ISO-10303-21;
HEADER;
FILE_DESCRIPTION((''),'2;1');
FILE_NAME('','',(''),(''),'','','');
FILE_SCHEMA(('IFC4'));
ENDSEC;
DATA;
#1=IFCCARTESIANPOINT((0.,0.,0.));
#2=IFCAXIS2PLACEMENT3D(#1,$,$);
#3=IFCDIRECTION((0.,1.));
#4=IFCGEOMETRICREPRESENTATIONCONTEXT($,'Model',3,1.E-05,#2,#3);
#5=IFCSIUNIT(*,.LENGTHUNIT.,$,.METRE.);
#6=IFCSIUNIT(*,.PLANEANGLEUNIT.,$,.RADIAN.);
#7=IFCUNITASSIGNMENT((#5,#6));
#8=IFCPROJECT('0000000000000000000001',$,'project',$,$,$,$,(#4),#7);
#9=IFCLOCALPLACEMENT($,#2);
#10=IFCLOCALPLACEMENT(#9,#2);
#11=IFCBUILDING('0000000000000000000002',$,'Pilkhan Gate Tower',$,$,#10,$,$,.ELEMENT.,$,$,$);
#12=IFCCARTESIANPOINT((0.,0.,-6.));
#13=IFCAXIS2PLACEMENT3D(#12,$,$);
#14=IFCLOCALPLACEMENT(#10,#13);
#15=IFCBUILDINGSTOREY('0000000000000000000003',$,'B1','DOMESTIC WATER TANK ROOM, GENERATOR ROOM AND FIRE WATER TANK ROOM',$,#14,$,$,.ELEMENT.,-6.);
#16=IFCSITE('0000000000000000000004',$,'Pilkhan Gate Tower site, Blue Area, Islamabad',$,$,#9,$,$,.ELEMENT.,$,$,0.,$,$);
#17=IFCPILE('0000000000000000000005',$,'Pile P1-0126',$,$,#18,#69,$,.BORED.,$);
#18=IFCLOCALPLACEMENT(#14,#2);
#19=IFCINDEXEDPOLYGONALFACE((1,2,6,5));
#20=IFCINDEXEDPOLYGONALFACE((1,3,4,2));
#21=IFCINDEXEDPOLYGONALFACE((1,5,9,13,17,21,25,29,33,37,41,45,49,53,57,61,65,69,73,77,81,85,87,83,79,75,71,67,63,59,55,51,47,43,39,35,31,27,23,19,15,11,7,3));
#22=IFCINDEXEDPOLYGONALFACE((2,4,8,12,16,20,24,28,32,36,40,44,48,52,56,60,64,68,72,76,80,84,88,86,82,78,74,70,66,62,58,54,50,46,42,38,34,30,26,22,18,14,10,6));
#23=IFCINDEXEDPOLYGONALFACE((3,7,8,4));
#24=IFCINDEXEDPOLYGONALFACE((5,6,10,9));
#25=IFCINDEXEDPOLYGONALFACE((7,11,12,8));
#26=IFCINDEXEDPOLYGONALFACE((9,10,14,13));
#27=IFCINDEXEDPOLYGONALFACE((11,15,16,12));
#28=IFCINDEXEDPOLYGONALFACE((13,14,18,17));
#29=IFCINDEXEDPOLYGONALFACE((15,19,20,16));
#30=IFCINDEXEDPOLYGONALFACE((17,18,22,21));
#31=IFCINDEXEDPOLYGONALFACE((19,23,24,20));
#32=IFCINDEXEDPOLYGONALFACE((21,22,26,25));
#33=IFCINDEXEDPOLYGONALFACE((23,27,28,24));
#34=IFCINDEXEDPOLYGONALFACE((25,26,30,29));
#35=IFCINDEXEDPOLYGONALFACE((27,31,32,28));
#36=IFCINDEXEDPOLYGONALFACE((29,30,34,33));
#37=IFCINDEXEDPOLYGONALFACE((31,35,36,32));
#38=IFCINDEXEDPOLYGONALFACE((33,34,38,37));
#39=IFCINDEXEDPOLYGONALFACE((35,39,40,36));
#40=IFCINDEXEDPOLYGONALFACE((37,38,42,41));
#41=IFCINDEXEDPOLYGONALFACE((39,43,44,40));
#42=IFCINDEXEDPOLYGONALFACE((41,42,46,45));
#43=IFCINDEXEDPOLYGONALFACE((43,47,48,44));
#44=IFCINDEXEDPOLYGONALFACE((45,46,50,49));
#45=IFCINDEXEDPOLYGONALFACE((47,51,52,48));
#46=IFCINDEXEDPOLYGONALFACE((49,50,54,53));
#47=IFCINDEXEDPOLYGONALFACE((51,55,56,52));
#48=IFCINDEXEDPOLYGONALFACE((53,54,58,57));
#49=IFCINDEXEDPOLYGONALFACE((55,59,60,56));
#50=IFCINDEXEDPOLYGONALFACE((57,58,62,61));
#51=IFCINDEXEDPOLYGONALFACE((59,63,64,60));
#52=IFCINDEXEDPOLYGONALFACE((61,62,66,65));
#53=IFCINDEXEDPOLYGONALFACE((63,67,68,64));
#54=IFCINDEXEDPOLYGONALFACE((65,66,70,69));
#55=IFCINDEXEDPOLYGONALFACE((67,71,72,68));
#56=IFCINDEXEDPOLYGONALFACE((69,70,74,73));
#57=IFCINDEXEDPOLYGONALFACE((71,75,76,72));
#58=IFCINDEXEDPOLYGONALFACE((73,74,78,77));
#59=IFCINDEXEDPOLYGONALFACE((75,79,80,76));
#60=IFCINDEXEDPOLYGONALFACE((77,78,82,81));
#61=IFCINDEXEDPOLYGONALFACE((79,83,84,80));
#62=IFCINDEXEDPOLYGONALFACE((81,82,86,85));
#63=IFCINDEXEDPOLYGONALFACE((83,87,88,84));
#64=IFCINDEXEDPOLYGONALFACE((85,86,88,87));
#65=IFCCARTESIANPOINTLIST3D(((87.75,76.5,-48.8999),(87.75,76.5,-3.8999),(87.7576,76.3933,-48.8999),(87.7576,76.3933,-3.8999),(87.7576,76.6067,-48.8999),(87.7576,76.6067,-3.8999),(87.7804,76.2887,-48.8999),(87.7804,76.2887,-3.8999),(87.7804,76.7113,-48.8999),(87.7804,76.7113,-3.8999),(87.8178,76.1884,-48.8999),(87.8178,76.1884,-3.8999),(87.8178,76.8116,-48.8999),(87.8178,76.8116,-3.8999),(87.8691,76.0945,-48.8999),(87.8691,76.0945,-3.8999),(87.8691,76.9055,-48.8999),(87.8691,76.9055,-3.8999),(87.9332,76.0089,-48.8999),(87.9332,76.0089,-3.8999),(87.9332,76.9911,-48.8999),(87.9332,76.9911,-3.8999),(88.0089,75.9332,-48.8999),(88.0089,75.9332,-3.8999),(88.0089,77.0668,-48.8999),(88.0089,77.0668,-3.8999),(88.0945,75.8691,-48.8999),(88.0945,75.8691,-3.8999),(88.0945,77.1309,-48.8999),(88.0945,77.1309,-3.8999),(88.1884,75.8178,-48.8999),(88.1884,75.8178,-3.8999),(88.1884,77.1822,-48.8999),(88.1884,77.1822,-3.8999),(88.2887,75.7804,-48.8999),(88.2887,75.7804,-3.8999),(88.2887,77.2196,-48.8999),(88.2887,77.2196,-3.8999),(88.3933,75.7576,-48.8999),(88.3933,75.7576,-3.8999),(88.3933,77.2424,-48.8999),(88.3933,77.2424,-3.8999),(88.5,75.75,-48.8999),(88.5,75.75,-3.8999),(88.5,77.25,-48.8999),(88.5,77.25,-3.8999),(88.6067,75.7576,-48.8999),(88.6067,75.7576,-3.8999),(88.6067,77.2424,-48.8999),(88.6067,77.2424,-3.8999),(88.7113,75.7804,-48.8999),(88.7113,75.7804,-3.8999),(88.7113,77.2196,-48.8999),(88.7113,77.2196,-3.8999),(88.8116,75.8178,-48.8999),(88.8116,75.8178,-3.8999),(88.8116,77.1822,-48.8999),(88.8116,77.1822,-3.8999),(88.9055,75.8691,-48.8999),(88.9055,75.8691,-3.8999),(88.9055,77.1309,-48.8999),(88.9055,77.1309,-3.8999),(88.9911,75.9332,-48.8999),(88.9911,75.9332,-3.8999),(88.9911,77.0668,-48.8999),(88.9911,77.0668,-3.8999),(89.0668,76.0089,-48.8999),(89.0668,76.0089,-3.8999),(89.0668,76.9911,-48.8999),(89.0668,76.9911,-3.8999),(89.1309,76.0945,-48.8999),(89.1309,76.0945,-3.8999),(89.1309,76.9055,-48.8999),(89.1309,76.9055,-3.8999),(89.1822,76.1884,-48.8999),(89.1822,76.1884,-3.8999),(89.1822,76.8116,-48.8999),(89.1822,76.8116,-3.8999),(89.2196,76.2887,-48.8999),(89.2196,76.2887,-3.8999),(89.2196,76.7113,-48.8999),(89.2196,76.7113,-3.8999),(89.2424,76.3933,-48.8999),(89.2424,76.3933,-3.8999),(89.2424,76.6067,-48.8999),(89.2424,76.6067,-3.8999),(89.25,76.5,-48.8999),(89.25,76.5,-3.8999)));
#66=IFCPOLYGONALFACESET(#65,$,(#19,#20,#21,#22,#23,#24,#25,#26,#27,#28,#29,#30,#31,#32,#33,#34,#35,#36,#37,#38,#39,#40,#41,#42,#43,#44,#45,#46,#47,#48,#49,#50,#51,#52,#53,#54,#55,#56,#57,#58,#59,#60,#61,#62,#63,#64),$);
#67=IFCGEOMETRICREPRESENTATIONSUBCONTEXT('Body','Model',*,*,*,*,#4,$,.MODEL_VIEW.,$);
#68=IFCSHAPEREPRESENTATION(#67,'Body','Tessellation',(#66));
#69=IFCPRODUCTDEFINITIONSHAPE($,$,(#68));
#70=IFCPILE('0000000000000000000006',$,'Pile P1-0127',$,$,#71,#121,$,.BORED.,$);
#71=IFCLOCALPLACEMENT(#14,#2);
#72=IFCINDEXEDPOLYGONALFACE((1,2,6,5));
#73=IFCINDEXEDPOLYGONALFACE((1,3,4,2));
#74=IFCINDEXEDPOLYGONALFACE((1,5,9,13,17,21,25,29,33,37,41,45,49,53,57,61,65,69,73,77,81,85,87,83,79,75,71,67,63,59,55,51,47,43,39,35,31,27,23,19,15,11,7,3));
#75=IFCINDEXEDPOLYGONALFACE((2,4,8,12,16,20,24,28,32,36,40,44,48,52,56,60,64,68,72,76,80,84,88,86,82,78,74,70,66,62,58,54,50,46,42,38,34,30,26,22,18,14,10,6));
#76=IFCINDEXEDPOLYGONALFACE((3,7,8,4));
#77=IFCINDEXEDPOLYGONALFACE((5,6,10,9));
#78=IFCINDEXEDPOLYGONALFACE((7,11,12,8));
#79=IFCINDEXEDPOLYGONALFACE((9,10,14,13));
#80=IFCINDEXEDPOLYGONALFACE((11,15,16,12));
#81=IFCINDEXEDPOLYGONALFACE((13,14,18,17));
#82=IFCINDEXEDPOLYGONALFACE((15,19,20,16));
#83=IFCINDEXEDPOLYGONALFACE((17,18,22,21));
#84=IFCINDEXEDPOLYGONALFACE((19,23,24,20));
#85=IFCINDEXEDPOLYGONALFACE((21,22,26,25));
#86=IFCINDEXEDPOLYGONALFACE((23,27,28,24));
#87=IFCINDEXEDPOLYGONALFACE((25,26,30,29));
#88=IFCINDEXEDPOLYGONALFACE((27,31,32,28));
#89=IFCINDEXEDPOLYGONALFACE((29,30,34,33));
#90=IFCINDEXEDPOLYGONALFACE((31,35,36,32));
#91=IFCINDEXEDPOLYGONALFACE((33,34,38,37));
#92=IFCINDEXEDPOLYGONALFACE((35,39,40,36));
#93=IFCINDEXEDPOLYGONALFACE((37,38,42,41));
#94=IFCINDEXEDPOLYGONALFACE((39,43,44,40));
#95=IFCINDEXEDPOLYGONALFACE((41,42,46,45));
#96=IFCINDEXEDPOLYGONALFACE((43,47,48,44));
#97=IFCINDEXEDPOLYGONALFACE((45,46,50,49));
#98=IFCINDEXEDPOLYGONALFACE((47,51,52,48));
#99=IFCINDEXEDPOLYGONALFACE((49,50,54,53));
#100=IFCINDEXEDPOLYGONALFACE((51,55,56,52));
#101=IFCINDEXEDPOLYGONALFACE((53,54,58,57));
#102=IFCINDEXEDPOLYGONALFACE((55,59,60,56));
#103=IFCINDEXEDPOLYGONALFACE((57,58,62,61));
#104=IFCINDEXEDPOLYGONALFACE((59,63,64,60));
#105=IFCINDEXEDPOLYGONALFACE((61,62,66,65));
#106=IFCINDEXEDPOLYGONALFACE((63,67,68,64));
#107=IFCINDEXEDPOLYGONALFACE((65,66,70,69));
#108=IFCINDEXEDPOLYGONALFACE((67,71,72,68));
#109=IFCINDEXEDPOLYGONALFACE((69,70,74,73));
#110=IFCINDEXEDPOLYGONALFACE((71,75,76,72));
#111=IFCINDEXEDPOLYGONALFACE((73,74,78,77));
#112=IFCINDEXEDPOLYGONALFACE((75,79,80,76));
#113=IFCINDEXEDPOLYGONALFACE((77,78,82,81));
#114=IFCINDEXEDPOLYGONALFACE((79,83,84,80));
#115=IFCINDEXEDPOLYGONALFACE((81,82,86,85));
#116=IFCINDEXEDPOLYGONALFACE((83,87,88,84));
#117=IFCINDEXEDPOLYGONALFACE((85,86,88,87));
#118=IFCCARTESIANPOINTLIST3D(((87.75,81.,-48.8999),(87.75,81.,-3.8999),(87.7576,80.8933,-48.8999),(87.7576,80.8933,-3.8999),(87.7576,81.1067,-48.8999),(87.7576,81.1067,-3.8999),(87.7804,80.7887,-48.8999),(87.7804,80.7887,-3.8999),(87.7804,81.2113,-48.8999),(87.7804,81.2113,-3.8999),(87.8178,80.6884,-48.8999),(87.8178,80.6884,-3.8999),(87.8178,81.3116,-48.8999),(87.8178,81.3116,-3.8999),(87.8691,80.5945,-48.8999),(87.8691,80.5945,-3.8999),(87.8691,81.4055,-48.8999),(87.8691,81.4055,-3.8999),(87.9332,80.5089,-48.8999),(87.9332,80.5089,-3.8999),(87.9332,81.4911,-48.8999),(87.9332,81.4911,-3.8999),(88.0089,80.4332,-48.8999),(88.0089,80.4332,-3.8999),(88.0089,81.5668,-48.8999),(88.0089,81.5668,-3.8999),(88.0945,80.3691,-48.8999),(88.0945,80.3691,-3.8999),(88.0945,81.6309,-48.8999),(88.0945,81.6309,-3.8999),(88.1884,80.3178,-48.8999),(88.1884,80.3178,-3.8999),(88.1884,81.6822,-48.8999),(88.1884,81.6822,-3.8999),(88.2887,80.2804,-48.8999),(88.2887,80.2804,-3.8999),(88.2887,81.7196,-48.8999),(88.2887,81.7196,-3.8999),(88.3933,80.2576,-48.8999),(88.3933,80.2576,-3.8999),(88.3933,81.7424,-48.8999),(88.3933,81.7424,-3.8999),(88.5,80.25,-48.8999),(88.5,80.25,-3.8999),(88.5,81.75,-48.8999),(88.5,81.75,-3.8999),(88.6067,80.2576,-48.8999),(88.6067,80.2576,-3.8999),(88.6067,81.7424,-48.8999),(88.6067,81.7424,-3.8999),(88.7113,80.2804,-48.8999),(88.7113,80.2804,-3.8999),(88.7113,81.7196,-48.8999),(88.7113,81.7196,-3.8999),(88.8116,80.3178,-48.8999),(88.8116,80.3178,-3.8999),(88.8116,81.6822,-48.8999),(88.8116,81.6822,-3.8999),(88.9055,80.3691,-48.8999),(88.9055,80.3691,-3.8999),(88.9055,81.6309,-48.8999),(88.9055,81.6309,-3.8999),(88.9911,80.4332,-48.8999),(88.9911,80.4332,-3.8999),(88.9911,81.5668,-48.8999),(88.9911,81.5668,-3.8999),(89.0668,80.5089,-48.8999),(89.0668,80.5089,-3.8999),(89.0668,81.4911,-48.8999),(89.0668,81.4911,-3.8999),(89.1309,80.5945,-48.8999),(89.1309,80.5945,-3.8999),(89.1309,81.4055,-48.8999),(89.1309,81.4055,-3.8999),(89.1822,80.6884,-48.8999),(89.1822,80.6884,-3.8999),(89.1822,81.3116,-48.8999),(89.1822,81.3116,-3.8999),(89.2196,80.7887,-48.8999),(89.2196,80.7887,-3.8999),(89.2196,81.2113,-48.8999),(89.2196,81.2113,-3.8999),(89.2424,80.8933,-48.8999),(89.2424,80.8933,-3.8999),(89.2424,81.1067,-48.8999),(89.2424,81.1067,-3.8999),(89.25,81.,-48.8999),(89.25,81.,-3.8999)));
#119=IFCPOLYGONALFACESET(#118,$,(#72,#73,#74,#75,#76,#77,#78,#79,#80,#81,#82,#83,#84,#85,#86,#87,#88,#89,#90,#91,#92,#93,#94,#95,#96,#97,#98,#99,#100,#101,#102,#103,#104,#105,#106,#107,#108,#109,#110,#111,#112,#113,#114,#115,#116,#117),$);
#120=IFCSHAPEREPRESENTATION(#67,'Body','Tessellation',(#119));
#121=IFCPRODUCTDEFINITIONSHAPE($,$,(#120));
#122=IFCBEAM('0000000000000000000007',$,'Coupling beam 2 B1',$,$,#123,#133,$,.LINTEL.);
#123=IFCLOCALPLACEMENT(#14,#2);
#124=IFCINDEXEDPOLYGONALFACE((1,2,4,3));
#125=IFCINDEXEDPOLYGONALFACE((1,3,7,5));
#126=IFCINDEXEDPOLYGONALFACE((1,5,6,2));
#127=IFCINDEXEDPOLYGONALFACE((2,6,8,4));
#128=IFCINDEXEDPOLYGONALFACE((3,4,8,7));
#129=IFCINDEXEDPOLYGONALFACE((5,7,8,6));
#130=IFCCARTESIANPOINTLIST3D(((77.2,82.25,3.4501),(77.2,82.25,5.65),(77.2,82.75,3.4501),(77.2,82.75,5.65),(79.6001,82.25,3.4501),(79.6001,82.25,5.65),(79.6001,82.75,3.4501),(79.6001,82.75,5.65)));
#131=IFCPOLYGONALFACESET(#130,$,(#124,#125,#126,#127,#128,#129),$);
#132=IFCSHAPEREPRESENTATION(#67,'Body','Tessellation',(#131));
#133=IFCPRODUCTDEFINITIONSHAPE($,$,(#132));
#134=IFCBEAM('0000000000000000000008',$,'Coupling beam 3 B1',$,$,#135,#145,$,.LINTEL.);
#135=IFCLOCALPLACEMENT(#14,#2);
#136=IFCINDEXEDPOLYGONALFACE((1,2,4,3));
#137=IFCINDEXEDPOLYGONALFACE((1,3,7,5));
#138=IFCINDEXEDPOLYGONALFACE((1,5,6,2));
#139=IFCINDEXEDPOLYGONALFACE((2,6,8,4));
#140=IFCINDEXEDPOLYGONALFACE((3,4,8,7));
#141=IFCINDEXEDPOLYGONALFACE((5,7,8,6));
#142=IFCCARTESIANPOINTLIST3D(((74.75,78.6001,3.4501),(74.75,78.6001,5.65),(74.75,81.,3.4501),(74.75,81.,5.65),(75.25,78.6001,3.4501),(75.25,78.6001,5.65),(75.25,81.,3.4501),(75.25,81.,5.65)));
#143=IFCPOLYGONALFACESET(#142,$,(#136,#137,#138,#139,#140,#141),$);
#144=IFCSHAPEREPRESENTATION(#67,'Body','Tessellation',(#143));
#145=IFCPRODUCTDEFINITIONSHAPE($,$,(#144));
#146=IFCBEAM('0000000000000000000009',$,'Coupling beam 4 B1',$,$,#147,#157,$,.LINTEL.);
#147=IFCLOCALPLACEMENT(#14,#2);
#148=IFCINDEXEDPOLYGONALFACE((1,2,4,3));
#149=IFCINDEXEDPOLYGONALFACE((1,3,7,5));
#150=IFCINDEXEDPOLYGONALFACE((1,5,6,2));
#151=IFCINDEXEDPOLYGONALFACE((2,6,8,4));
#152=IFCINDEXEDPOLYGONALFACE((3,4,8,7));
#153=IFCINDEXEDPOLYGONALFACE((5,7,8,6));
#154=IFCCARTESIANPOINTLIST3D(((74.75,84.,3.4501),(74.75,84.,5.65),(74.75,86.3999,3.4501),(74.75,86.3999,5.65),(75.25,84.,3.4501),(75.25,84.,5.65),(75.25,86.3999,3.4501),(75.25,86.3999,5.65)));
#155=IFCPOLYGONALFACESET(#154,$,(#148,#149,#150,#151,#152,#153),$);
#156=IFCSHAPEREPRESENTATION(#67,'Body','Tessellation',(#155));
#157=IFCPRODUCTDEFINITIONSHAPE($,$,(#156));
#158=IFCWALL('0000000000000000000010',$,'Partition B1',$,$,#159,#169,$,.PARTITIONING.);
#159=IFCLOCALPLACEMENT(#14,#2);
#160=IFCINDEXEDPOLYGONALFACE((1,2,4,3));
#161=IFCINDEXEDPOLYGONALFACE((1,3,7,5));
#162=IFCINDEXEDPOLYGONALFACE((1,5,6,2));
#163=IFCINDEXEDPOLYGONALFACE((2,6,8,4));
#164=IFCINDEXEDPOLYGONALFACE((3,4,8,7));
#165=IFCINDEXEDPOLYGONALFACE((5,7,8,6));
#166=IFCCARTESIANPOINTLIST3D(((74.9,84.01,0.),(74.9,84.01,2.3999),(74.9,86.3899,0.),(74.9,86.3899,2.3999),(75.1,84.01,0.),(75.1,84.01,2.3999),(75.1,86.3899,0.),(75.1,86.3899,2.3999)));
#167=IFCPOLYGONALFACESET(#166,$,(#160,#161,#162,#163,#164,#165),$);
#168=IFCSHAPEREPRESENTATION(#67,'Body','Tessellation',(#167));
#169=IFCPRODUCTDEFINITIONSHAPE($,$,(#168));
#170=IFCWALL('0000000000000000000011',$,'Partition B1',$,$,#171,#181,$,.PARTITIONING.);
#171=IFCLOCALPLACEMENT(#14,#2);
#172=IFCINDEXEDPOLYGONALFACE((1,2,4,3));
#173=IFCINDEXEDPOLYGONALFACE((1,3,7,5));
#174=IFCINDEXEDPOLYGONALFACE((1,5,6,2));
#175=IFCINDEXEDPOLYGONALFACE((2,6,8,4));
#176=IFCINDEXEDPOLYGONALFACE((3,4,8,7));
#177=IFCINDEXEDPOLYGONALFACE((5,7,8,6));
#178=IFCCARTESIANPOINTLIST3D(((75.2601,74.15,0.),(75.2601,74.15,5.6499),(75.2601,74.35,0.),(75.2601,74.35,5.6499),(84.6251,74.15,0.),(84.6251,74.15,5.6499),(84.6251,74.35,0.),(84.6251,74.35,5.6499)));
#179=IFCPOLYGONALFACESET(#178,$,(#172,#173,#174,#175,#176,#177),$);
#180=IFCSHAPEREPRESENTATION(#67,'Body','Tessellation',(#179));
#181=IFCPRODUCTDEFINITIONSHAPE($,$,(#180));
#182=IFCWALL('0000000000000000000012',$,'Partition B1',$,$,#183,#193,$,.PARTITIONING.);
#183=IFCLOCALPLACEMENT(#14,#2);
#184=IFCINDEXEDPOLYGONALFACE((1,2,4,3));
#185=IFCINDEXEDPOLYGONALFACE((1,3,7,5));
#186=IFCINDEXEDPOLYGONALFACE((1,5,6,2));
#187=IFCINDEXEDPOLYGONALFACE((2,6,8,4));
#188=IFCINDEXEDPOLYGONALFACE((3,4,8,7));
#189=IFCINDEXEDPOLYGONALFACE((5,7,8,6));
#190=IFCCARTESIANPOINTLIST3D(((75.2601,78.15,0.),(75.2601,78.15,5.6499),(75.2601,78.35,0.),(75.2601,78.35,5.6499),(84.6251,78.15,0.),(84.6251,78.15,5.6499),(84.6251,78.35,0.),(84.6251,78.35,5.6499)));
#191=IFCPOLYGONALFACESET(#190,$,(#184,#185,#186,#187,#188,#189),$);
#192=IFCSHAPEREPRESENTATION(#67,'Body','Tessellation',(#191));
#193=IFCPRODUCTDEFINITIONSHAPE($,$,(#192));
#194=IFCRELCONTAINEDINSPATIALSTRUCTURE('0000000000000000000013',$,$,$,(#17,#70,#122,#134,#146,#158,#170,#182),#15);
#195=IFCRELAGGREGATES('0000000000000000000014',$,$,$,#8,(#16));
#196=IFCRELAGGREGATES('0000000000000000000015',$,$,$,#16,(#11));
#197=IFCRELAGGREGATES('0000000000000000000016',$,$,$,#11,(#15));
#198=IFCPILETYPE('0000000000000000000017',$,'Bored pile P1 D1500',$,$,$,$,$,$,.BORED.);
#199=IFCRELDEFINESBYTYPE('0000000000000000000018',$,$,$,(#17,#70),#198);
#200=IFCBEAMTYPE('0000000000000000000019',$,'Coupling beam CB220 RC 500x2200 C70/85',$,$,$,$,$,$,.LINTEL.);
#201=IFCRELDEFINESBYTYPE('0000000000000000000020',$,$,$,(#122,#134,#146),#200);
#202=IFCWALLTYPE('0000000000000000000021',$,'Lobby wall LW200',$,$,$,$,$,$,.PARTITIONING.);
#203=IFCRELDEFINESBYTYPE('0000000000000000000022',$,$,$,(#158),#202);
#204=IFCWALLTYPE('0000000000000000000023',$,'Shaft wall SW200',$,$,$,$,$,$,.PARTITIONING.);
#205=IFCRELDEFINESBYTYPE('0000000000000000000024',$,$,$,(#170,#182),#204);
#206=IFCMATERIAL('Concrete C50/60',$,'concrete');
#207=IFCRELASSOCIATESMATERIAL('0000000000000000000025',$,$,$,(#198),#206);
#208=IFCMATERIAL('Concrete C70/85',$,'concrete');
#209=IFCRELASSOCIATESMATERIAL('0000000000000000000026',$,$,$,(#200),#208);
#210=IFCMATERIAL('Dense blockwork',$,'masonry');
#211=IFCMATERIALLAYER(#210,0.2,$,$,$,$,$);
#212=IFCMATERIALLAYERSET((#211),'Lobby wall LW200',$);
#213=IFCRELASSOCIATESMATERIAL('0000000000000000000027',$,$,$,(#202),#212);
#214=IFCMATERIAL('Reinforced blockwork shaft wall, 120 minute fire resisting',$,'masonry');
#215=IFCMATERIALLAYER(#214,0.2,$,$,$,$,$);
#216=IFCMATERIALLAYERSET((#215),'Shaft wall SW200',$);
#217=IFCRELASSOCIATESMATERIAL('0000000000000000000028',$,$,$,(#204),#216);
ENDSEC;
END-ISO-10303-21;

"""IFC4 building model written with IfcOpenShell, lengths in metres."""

from ifc_helpers import new_model, si_unit, direction, frame, frame_2d, origin, origin_2d, place, context, subcontext, project, spatial, rectangle, circle, extrude, material, layer, layer_set, material_profile, profile_set, type_object, element, save


model = new_model("IFC4")

# Units and contexts
model_context = context("Model", 3, precision=1e-05, world=origin(), true_north=direction((0.0, 1.0)))
body_context = subcontext(model_context, "Body", "Model", "MODEL_VIEW")
ifc_project = project(units=[si_unit("LENGTHUNIT", "METRE"), si_unit("PLANEANGLEUNIT", "RADIAN")], contexts=[model_context])

# Site, building, storey
site_placement = place(None, origin())
site = spatial("IfcSite", under=ifc_project, at=site_placement, Name="Pilkhan Gate Tower site, Blue Area, Islamabad", CompositionType="ELEMENT", RefElevation=0.0)
building_placement = place(site_placement, origin())
building = spatial("IfcBuilding", under=site, at=building_placement, Name="Pilkhan Gate Tower", CompositionType="ELEMENT")
storey_placement = place(building_placement, frame((0.0, 0.0, -6.0)))
storey = spatial("IfcBuildingStorey", under=building, at=storey_placement, Name="B1", Description="DOMESTIC WATER TANK ROOM, GENERATOR ROOM AND FIRE WATER TANK ROOM", CompositionType="ELEMENT", Elevation=-6.0)

# Piles
ifc_material_1 = material(Name="Concrete C50/60", Category="concrete")
ifc_material_profile_1 = material_profile(ifc_material_1, circle(Radius=0.75, at=origin_2d()), Name="Bored pile 1500 dia")
ifc_profile_set_1 = profile_set([ifc_material_profile_1], Name="Concrete C50/60")
pile_type = type_object("IfcPileType", Name="Bored pile P1 D1500", PredefinedType="BORED", material=ifc_profile_set_1)
for number, where, z_axis, x_axis, name in (
    (1, (88.5, 76.5, -3.8999), (0.0, 0.0, -1.0), (1.0, 0.0, 0.0), "Pile P1-0126"),
    (2, (88.5, 81.0, -3.8999), (0.0, 0.0, -1.0), (1.0, 0.0, 0.0), "Pile P1-0127"),
):
    element("IfcPile", number, at=place(storey_placement, frame(where, z_axis=z_axis, x_axis=x_axis)), inside=storey, type_object=pile_type, Name=name, PredefinedType="BORED", context=body_context, shape_type="SweptSolid", body=[
        extrude(circle(Radius=0.75, at=origin_2d()), origin(), (0.0, 0.0, 1.0), 45.0),
    ])

# Beams
ifc_material_2 = material(Name="Concrete C70/85", Category="concrete")
ifc_material_profile_2 = material_profile(ifc_material_2, rectangle(XDim=0.5, YDim=2.2, at=origin_2d()), Name="RC 500x2200")
ifc_profile_set_2 = profile_set([ifc_material_profile_2], Name="Concrete C70/85")
beam_type = type_object("IfcBeamType", Name="Coupling beam CB220 RC 500x2200 C70/85", PredefinedType="LINTEL", material=ifc_profile_set_2)
beam_placement = place(storey_placement, frame((77.2, 82.5, 4.55), z_axis=(1.0, 0.0, 0.0), x_axis=(0.0, 1.0, 0.0)))
element("IfcBeam", 3, at=beam_placement, inside=storey, type_object=beam_type, Name="Coupling beam 2 B1", PredefinedType="LINTEL", context=body_context, shape_type="SweptSolid", body=[
    extrude(rectangle(XDim=0.5, YDim=2.2, at=origin_2d()), origin(), (0.0, 0.0, 1.0), 2.4001),
])
for number, where, z_axis, x_axis, name in (
    (4, (75.0, 78.6001, 4.55), (0.0, 1.0, 0.0), (-1.0, 0.0, 0.0), "Coupling beam 3 B1"),
    (5, (75.0, 84.0, 4.55), (0.0, 1.0, 0.0), (-1.0, 0.0, 0.0), "Coupling beam 4 B1"),
):
    element("IfcBeam", number, at=place(storey_placement, frame(where, z_axis=z_axis, x_axis=x_axis)), inside=storey, type_object=beam_type, Name=name, PredefinedType="LINTEL", context=body_context, shape_type="SweptSolid", body=[
        extrude(rectangle(XDim=0.5, YDim=2.2, at=origin_2d()), origin(), (0.0, 0.0, 1.0), 2.3999),
    ])

# Walls
ifc_material_3 = material(Name="Dense blockwork", Category="masonry")
ifc_layer_1 = layer(ifc_material_3, 0.2)
ifc_layer_set_1 = layer_set([ifc_layer_1], Name="Lobby wall LW200")
wall_type_1 = type_object("IfcWallType", Name="Lobby wall LW200", PredefinedType="PARTITIONING", material=ifc_layer_set_1)
wall_1_placement = place(storey_placement, frame((75.0, 84.01, 0.0), z_axis=(0.0, 0.0, 1.0), x_axis=(0.0, 1.0, 0.0)))
element("IfcWall", 6, at=wall_1_placement, inside=storey, type_object=wall_type_1, Name="Partition B1", PredefinedType="PARTITIONING", context=body_context, shape_type="SweptSolid", body=[
    extrude(rectangle(XDim=2.3799, YDim=0.2, at=frame_2d((1.1899, 0.0))), origin(), (0.0, 0.0, 1.0), 2.3999),
])
ifc_material_4 = material(Name="Reinforced blockwork shaft wall, 120 minute fire resisting", Category="masonry")
ifc_layer_2 = layer(ifc_material_4, 0.2)
ifc_layer_set_2 = layer_set([ifc_layer_2], Name="Shaft wall SW200")
wall_type_2 = type_object("IfcWallType", Name="Shaft wall SW200", PredefinedType="PARTITIONING", material=ifc_layer_set_2)
for number, where, z_axis, x_axis, name in (
    (7, (75.26, 74.25, 0.0), (0.0, 0.0, 1.0), (1.0, 0.0, 0.0), "Partition B1"),
    (8, (75.26, 78.25, 0.0), (0.0, 0.0, 1.0), (1.0, 0.0, 0.0), "Partition B1"),
):
    element("IfcWall", number, at=place(storey_placement, frame(where, z_axis=z_axis, x_axis=x_axis)), inside=storey, type_object=wall_type_2, Name=name, PredefinedType="PARTITIONING", context=body_context, shape_type="SweptSolid", body=[
        extrude(rectangle(XDim=9.365, YDim=0.2, at=frame_2d((4.6826, 0.0))), origin(), (0.0, 0.0, 1.0), 5.6499),
    ])

save(model, "model.ifc")
